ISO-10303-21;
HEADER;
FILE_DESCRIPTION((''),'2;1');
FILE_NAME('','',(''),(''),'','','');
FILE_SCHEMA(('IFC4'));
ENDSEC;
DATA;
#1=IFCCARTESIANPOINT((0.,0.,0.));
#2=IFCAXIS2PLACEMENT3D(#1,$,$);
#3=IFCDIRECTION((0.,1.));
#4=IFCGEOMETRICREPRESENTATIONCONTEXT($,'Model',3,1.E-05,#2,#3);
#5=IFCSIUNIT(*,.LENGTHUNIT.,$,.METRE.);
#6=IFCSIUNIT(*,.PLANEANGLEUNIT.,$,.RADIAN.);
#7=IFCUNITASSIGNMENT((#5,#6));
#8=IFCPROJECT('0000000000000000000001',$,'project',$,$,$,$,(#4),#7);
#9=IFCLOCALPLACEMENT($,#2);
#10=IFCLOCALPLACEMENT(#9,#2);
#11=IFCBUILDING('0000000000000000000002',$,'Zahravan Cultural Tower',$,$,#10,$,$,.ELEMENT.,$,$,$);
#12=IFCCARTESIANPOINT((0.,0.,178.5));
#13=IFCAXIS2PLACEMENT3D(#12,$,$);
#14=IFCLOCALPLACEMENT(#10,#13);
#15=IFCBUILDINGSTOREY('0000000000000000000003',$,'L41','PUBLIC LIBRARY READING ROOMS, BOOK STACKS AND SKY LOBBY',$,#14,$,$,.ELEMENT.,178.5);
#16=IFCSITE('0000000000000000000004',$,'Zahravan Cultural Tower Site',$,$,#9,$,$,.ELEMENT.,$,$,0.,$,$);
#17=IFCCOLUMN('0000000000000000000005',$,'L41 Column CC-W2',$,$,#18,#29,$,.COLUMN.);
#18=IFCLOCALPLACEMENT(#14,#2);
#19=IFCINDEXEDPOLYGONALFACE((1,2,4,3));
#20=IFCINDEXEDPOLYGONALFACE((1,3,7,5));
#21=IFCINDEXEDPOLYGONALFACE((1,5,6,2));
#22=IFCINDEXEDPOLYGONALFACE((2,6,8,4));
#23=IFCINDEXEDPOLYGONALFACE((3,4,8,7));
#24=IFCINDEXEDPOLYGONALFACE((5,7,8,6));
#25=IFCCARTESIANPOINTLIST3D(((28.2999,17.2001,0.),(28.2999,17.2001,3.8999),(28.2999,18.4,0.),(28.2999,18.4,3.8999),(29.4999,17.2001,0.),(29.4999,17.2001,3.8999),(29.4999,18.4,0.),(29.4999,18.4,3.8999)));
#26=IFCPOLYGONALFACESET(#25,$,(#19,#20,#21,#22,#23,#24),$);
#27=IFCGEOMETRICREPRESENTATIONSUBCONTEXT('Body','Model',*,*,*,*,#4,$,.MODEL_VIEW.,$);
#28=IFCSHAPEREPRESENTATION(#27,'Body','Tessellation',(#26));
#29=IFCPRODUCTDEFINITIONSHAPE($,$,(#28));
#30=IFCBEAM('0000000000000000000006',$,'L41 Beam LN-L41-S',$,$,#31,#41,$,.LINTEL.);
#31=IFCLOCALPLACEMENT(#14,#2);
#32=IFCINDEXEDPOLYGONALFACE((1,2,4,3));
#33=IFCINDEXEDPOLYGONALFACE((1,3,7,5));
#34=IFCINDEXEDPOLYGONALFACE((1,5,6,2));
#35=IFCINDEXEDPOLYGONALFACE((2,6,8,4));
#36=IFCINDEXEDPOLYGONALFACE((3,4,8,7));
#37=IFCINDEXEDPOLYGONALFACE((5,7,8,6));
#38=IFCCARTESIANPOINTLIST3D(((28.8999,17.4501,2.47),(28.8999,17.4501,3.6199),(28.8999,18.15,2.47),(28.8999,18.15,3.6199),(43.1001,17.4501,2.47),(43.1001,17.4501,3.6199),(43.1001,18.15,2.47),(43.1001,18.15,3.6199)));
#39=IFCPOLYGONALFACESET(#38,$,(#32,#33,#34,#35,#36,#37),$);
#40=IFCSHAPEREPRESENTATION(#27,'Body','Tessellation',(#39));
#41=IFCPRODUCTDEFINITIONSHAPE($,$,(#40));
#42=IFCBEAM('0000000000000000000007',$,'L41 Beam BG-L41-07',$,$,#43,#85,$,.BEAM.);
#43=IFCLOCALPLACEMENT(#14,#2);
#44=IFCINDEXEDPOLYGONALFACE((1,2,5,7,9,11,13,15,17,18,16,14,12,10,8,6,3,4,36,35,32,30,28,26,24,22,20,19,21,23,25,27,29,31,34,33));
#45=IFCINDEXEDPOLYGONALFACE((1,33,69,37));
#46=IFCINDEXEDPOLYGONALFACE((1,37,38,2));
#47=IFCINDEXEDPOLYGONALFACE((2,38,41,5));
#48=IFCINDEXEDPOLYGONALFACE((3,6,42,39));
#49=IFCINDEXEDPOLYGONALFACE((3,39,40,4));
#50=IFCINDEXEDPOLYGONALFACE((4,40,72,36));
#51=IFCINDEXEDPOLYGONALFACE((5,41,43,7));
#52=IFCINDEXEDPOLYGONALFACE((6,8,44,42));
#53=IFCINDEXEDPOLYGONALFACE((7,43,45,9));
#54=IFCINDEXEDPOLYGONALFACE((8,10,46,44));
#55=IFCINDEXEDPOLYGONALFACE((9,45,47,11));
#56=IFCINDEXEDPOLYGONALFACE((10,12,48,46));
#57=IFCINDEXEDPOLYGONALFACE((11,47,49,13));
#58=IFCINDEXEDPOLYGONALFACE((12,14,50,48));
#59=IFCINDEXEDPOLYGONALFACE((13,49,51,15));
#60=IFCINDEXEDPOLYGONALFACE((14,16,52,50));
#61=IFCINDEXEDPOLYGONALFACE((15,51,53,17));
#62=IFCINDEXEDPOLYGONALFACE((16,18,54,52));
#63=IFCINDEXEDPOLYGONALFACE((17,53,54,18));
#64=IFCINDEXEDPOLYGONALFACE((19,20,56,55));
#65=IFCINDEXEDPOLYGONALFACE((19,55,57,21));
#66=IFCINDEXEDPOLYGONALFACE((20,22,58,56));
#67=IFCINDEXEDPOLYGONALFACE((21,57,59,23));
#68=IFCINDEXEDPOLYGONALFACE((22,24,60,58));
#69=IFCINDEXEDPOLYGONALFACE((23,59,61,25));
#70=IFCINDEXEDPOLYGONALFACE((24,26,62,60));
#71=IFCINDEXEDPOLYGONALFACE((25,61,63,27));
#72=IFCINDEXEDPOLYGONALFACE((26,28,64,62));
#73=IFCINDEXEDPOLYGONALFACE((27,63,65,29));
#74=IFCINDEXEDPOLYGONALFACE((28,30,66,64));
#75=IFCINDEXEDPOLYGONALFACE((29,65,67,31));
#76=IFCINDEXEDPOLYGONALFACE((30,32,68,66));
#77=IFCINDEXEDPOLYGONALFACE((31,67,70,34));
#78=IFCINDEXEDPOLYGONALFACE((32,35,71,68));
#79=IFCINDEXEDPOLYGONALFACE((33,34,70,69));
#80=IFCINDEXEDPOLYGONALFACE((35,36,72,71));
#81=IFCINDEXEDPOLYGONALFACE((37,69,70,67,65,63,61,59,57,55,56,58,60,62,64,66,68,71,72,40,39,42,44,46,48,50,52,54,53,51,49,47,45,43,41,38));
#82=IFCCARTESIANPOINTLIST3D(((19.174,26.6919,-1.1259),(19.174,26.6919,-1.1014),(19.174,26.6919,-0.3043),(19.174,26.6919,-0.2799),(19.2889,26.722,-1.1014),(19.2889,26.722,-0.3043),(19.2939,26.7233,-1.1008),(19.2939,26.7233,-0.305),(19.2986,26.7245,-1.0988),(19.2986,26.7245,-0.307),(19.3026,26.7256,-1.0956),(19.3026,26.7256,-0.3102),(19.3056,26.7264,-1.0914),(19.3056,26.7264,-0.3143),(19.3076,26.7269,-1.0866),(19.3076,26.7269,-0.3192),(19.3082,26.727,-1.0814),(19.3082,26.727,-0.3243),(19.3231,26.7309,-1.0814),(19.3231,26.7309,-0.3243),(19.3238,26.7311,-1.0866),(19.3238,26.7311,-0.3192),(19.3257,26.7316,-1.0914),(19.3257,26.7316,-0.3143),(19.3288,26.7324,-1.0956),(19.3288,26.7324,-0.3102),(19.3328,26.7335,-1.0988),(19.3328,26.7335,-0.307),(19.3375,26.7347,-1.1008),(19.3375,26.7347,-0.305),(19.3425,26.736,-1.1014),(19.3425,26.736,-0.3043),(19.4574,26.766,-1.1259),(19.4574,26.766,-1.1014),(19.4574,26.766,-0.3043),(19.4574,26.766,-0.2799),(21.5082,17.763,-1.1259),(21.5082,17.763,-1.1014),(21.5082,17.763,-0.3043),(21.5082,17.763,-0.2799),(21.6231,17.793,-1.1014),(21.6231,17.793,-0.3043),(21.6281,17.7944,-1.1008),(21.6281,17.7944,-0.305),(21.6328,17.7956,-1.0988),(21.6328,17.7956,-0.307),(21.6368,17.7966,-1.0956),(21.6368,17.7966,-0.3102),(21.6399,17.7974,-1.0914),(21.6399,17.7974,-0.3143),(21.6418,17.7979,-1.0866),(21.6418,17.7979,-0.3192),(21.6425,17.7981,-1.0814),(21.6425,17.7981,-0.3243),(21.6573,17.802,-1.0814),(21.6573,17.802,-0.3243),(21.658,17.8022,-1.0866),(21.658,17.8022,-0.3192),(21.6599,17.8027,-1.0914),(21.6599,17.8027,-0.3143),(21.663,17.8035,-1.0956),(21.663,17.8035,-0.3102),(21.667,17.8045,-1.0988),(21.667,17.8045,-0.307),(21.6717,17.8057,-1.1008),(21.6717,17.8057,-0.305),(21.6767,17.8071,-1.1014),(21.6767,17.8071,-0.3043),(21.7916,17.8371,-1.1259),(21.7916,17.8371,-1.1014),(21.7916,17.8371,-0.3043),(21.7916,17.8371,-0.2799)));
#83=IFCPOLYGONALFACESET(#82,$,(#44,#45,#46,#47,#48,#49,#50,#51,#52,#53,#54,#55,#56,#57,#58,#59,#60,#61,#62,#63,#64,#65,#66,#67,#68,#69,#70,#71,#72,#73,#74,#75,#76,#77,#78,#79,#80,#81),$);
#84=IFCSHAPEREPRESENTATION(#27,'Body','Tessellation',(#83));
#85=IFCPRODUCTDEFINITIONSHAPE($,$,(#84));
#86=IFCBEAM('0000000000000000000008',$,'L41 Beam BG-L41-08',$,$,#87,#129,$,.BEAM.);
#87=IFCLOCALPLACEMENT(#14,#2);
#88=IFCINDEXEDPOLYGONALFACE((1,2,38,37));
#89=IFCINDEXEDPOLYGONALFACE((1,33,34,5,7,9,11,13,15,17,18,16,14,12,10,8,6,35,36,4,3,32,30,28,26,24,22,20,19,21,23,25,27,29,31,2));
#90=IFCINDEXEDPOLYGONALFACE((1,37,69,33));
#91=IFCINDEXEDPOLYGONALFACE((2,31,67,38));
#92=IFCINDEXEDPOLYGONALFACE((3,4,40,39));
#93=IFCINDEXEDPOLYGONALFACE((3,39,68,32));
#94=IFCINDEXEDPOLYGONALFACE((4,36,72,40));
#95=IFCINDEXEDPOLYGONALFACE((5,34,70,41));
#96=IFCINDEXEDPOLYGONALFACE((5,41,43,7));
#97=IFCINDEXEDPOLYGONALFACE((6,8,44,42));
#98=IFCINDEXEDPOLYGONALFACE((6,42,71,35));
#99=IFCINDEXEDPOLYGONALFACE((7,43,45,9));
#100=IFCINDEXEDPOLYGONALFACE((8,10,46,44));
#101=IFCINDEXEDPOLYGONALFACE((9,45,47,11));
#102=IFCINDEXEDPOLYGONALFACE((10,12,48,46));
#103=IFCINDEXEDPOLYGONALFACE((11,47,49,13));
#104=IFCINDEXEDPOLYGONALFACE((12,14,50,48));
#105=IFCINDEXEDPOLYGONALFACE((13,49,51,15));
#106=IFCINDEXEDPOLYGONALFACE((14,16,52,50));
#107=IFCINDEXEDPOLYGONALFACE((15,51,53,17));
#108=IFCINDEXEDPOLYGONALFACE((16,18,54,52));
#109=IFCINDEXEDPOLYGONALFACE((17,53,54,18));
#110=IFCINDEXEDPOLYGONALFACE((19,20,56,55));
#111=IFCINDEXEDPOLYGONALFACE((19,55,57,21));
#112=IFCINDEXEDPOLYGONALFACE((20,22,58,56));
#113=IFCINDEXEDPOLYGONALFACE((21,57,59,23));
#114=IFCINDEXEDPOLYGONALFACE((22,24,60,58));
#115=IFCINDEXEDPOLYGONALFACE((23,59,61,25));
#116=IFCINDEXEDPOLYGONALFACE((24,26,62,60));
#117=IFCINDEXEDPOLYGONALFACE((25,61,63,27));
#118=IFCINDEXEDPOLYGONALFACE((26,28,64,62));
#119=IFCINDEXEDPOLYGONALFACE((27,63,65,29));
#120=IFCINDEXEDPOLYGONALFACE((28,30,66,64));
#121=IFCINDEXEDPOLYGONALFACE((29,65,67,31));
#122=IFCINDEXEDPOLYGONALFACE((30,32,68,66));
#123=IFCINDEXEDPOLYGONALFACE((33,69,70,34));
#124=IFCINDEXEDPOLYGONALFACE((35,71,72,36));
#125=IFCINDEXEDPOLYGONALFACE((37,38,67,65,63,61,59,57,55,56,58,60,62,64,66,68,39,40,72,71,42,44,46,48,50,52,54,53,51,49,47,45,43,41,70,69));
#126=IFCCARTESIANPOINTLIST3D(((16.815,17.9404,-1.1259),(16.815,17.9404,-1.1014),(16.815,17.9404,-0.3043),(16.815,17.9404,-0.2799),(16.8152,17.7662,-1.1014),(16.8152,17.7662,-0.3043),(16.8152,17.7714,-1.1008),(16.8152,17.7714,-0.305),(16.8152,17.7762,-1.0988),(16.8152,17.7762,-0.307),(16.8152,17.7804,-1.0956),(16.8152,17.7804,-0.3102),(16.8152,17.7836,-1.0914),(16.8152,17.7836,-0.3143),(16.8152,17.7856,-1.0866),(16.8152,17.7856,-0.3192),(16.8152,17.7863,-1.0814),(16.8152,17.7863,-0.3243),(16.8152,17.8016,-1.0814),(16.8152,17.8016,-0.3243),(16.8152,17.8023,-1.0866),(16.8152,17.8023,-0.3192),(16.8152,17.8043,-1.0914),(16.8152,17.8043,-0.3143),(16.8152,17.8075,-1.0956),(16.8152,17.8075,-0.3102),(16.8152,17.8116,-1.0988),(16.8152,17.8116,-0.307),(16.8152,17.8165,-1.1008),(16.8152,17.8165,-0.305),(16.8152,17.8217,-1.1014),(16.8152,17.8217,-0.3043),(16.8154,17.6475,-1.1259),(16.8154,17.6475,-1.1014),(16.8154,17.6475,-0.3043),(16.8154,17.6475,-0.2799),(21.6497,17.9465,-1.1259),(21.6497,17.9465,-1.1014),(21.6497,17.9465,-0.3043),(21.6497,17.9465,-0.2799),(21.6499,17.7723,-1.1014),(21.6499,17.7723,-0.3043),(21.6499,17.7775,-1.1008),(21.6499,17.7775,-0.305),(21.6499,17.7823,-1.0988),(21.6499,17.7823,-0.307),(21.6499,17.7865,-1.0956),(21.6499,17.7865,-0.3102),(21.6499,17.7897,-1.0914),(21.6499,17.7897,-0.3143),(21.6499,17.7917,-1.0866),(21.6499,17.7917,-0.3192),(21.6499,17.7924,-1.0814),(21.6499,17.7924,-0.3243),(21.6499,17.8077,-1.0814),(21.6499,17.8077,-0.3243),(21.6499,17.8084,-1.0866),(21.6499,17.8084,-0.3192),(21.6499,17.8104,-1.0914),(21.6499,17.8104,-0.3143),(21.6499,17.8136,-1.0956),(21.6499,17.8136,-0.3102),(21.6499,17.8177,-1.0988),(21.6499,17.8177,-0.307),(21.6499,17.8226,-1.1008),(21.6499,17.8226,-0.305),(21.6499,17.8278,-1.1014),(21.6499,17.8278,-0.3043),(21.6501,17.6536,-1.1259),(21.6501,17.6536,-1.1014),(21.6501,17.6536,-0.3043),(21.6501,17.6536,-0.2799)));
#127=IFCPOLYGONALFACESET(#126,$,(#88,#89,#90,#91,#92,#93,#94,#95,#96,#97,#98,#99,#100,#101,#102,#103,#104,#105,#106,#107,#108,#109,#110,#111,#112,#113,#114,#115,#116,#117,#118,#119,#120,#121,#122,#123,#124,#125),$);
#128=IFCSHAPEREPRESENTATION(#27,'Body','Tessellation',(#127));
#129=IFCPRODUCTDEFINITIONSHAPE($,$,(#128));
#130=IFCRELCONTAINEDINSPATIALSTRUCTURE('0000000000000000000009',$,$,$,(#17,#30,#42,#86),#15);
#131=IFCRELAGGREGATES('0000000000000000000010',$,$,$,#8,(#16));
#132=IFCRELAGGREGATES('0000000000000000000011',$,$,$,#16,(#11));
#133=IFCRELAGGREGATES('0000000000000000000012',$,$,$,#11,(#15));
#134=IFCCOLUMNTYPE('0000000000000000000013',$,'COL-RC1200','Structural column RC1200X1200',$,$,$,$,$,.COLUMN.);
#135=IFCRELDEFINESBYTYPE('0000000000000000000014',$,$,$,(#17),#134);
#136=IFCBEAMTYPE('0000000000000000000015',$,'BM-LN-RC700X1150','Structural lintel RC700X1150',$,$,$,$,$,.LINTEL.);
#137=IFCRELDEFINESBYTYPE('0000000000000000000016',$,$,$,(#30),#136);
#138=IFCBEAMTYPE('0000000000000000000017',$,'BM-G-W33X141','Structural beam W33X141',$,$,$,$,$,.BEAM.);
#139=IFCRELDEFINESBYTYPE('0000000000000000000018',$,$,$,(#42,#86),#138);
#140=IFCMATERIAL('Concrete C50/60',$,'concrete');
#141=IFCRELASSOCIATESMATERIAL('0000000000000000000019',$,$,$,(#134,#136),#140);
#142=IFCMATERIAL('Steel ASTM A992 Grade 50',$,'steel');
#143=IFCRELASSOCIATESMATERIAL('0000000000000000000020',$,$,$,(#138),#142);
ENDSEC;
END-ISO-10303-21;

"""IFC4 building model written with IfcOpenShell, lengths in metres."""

from ifc_helpers import new_model, si_unit, direction, frame, origin, origin_2d, place, context, subcontext, project, spatial, rectangle, i_section, extrude, source, transform, mapped, material, material_profile, profile_set, type_object, element, save


model = new_model("IFC4")

# Units and contexts
model_context = context("Model", 3, precision=1e-05, world=origin(), true_north=direction((0.0, 1.0)))
body_context = subcontext(model_context, "Body", "Model", "MODEL_VIEW")
ifc_project = project(units=[si_unit("LENGTHUNIT", "METRE"), si_unit("PLANEANGLEUNIT", "RADIAN")], contexts=[model_context])

# Site, building, storey
site_placement = place(None, origin())
site = spatial("IfcSite", under=ifc_project, at=site_placement, Name="Zahravan Cultural Tower Site", CompositionType="ELEMENT", RefElevation=0.0)
building_placement = place(site_placement, origin())
building = spatial("IfcBuilding", under=site, at=building_placement, Name="Zahravan Cultural Tower", CompositionType="ELEMENT")
storey_placement = place(building_placement, frame((0.0, 0.0, 178.5)))
storey = spatial("IfcBuildingStorey", under=building, at=storey_placement, Name="L41", Description="PUBLIC LIBRARY READING ROOMS, BOOK STACKS AND SKY LOBBY", CompositionType="ELEMENT", Elevation=178.5)

# Column
ifc_material_1 = material(Name="Concrete C50/60", Category="concrete")
ifc_material_profile_1 = material_profile(ifc_material_1, rectangle(XDim=1.2, YDim=1.2, at=origin_2d()), Name="RC1200X1200")
ifc_profile_set_1 = profile_set([ifc_material_profile_1], Name="Concrete C50/60")
column_type = type_object("IfcColumnType", Name="COL-RC1200", Description="Structural column RC1200X1200", PredefinedType="COLUMN", material=ifc_profile_set_1)
shared_shape_1 = source(origin(), body_context, "Body", "SweptSolid", [
    extrude(rectangle(XDim=1.2, YDim=1.2, at=origin_2d()), origin(), (0.0, 0.0, 1.0), 3.8999),
])
column_placement = place(storey_placement, frame((28.8999, 17.8, 0.0), z_axis=(0.0, 0.0, 1.0), x_axis=(1.0, 0.0, 0.0)))
element("IfcColumn", 1, at=column_placement, inside=storey, type_object=column_type, Name="L41 Column CC-W2", PredefinedType="COLUMN", context=body_context, shape_type="MappedRepresentation", body=[
    mapped(shared_shape_1, transform((0.0, 0.0, 0.0), x_axis=(1.0, 0.0, 0.0), y_axis=(0.0, 1.0, 0.0), z_axis=(0.0, 0.0, 1.0), scale=1.0)),
])

# Beams
ifc_material_profile_2 = material_profile(ifc_material_1, rectangle(XDim=0.7, YDim=1.1499, at=origin_2d()), Name="RC700X1150")
ifc_profile_set_2 = profile_set([ifc_material_profile_2], Name="Concrete C50/60")
beam_type_1 = type_object("IfcBeamType", Name="BM-LN-RC700X1150", Description="Structural lintel RC700X1150", PredefinedType="LINTEL", material=ifc_profile_set_2)
shared_shape_2 = source(origin(), body_context, "Body", "SweptSolid", [
    extrude(rectangle(XDim=0.7, YDim=1.1499, at=origin_2d()), origin(), (0.0, 0.0, 1.0), 14.2002),
])
beam_1_placement = place(storey_placement, frame((28.8999, 17.8, 3.0449), z_axis=(1.0, 0.0, 0.0), x_axis=(0.0, 1.0, 0.0)))
element("IfcBeam", 2, at=beam_1_placement, inside=storey, type_object=beam_type_1, Name="L41 Beam LN-L41-S", PredefinedType="LINTEL", context=body_context, shape_type="MappedRepresentation", body=[
    mapped(shared_shape_2, transform((0.0, 0.0, 0.0), x_axis=(1.0, 0.0, 0.0), y_axis=(0.0, 1.0, 0.0), z_axis=(0.0, 0.0, 1.0), scale=1.0)),
])
ifc_material_2 = material(Name="Steel ASTM A992 Grade 50", Category="steel")
ifc_material_profile_3 = material_profile(ifc_material_2, i_section(OverallWidth=0.293, OverallDepth=0.8459, WebThickness=0.0154, FlangeThickness=0.0244, FilletRadius=0.02, at=origin_2d()), Name="W33X141")
ifc_profile_set_3 = profile_set([ifc_material_profile_3], Name="Steel ASTM A992 Grade 50")
beam_type_2 = type_object("IfcBeamType", Name="BM-G-W33X141", Description="Structural beam W33X141", PredefinedType="BEAM", material=ifc_profile_set_3)
shared_shape_3 = source(origin(), body_context, "Body", "SweptSolid", [
    extrude(i_section(OverallWidth=0.293, OverallDepth=0.8459, WebThickness=0.0154, FlangeThickness=0.0244, FilletRadius=0.02, at=origin_2d()), origin(), (0.0, 0.0, 1.0), 9.229),
])
beam_2_placement = place(storey_placement, frame((21.6499, 17.8, -0.7029), z_axis=(-0.252923, 0.967487, 0.0), x_axis=(-0.967487, -0.252923, 0.0)))
element("IfcBeam", 3, at=beam_2_placement, inside=storey, type_object=beam_type_2, Name="L41 Beam BG-L41-07", PredefinedType="BEAM", context=body_context, shape_type="MappedRepresentation", body=[
    mapped(shared_shape_3, transform((0.0, 0.0, 0.0), x_axis=(1.0, 0.0, 0.0), y_axis=(0.0, 1.0, 0.0), z_axis=(0.0, 0.0, 1.0), scale=1.0)),
])
shared_shape_4 = source(origin(), body_context, "Body", "SweptSolid", [
    extrude(i_section(OverallWidth=0.293, OverallDepth=0.8459, WebThickness=0.0154, FlangeThickness=0.0244, FilletRadius=0.02, at=origin_2d()), origin(), (0.0, 0.0, 1.0), 4.8347),
])
beam_3_placement = place(storey_placement, frame((21.6499, 17.8, -0.7029), z_axis=(-0.999999, -0.001262, 0.0), x_axis=(0.001262, -0.999999, 0.0)))
element("IfcBeam", 4, at=beam_3_placement, inside=storey, type_object=beam_type_2, Name="L41 Beam BG-L41-08", PredefinedType="BEAM", context=body_context, shape_type="MappedRepresentation", body=[
    mapped(shared_shape_4, transform((0.0, 0.0, 0.0), x_axis=(1.0, 0.0, 0.0), y_axis=(0.0, 1.0, 0.0), z_axis=(0.0, 0.0, 1.0), scale=1.0)),
])

save(model, "model.ifc")
